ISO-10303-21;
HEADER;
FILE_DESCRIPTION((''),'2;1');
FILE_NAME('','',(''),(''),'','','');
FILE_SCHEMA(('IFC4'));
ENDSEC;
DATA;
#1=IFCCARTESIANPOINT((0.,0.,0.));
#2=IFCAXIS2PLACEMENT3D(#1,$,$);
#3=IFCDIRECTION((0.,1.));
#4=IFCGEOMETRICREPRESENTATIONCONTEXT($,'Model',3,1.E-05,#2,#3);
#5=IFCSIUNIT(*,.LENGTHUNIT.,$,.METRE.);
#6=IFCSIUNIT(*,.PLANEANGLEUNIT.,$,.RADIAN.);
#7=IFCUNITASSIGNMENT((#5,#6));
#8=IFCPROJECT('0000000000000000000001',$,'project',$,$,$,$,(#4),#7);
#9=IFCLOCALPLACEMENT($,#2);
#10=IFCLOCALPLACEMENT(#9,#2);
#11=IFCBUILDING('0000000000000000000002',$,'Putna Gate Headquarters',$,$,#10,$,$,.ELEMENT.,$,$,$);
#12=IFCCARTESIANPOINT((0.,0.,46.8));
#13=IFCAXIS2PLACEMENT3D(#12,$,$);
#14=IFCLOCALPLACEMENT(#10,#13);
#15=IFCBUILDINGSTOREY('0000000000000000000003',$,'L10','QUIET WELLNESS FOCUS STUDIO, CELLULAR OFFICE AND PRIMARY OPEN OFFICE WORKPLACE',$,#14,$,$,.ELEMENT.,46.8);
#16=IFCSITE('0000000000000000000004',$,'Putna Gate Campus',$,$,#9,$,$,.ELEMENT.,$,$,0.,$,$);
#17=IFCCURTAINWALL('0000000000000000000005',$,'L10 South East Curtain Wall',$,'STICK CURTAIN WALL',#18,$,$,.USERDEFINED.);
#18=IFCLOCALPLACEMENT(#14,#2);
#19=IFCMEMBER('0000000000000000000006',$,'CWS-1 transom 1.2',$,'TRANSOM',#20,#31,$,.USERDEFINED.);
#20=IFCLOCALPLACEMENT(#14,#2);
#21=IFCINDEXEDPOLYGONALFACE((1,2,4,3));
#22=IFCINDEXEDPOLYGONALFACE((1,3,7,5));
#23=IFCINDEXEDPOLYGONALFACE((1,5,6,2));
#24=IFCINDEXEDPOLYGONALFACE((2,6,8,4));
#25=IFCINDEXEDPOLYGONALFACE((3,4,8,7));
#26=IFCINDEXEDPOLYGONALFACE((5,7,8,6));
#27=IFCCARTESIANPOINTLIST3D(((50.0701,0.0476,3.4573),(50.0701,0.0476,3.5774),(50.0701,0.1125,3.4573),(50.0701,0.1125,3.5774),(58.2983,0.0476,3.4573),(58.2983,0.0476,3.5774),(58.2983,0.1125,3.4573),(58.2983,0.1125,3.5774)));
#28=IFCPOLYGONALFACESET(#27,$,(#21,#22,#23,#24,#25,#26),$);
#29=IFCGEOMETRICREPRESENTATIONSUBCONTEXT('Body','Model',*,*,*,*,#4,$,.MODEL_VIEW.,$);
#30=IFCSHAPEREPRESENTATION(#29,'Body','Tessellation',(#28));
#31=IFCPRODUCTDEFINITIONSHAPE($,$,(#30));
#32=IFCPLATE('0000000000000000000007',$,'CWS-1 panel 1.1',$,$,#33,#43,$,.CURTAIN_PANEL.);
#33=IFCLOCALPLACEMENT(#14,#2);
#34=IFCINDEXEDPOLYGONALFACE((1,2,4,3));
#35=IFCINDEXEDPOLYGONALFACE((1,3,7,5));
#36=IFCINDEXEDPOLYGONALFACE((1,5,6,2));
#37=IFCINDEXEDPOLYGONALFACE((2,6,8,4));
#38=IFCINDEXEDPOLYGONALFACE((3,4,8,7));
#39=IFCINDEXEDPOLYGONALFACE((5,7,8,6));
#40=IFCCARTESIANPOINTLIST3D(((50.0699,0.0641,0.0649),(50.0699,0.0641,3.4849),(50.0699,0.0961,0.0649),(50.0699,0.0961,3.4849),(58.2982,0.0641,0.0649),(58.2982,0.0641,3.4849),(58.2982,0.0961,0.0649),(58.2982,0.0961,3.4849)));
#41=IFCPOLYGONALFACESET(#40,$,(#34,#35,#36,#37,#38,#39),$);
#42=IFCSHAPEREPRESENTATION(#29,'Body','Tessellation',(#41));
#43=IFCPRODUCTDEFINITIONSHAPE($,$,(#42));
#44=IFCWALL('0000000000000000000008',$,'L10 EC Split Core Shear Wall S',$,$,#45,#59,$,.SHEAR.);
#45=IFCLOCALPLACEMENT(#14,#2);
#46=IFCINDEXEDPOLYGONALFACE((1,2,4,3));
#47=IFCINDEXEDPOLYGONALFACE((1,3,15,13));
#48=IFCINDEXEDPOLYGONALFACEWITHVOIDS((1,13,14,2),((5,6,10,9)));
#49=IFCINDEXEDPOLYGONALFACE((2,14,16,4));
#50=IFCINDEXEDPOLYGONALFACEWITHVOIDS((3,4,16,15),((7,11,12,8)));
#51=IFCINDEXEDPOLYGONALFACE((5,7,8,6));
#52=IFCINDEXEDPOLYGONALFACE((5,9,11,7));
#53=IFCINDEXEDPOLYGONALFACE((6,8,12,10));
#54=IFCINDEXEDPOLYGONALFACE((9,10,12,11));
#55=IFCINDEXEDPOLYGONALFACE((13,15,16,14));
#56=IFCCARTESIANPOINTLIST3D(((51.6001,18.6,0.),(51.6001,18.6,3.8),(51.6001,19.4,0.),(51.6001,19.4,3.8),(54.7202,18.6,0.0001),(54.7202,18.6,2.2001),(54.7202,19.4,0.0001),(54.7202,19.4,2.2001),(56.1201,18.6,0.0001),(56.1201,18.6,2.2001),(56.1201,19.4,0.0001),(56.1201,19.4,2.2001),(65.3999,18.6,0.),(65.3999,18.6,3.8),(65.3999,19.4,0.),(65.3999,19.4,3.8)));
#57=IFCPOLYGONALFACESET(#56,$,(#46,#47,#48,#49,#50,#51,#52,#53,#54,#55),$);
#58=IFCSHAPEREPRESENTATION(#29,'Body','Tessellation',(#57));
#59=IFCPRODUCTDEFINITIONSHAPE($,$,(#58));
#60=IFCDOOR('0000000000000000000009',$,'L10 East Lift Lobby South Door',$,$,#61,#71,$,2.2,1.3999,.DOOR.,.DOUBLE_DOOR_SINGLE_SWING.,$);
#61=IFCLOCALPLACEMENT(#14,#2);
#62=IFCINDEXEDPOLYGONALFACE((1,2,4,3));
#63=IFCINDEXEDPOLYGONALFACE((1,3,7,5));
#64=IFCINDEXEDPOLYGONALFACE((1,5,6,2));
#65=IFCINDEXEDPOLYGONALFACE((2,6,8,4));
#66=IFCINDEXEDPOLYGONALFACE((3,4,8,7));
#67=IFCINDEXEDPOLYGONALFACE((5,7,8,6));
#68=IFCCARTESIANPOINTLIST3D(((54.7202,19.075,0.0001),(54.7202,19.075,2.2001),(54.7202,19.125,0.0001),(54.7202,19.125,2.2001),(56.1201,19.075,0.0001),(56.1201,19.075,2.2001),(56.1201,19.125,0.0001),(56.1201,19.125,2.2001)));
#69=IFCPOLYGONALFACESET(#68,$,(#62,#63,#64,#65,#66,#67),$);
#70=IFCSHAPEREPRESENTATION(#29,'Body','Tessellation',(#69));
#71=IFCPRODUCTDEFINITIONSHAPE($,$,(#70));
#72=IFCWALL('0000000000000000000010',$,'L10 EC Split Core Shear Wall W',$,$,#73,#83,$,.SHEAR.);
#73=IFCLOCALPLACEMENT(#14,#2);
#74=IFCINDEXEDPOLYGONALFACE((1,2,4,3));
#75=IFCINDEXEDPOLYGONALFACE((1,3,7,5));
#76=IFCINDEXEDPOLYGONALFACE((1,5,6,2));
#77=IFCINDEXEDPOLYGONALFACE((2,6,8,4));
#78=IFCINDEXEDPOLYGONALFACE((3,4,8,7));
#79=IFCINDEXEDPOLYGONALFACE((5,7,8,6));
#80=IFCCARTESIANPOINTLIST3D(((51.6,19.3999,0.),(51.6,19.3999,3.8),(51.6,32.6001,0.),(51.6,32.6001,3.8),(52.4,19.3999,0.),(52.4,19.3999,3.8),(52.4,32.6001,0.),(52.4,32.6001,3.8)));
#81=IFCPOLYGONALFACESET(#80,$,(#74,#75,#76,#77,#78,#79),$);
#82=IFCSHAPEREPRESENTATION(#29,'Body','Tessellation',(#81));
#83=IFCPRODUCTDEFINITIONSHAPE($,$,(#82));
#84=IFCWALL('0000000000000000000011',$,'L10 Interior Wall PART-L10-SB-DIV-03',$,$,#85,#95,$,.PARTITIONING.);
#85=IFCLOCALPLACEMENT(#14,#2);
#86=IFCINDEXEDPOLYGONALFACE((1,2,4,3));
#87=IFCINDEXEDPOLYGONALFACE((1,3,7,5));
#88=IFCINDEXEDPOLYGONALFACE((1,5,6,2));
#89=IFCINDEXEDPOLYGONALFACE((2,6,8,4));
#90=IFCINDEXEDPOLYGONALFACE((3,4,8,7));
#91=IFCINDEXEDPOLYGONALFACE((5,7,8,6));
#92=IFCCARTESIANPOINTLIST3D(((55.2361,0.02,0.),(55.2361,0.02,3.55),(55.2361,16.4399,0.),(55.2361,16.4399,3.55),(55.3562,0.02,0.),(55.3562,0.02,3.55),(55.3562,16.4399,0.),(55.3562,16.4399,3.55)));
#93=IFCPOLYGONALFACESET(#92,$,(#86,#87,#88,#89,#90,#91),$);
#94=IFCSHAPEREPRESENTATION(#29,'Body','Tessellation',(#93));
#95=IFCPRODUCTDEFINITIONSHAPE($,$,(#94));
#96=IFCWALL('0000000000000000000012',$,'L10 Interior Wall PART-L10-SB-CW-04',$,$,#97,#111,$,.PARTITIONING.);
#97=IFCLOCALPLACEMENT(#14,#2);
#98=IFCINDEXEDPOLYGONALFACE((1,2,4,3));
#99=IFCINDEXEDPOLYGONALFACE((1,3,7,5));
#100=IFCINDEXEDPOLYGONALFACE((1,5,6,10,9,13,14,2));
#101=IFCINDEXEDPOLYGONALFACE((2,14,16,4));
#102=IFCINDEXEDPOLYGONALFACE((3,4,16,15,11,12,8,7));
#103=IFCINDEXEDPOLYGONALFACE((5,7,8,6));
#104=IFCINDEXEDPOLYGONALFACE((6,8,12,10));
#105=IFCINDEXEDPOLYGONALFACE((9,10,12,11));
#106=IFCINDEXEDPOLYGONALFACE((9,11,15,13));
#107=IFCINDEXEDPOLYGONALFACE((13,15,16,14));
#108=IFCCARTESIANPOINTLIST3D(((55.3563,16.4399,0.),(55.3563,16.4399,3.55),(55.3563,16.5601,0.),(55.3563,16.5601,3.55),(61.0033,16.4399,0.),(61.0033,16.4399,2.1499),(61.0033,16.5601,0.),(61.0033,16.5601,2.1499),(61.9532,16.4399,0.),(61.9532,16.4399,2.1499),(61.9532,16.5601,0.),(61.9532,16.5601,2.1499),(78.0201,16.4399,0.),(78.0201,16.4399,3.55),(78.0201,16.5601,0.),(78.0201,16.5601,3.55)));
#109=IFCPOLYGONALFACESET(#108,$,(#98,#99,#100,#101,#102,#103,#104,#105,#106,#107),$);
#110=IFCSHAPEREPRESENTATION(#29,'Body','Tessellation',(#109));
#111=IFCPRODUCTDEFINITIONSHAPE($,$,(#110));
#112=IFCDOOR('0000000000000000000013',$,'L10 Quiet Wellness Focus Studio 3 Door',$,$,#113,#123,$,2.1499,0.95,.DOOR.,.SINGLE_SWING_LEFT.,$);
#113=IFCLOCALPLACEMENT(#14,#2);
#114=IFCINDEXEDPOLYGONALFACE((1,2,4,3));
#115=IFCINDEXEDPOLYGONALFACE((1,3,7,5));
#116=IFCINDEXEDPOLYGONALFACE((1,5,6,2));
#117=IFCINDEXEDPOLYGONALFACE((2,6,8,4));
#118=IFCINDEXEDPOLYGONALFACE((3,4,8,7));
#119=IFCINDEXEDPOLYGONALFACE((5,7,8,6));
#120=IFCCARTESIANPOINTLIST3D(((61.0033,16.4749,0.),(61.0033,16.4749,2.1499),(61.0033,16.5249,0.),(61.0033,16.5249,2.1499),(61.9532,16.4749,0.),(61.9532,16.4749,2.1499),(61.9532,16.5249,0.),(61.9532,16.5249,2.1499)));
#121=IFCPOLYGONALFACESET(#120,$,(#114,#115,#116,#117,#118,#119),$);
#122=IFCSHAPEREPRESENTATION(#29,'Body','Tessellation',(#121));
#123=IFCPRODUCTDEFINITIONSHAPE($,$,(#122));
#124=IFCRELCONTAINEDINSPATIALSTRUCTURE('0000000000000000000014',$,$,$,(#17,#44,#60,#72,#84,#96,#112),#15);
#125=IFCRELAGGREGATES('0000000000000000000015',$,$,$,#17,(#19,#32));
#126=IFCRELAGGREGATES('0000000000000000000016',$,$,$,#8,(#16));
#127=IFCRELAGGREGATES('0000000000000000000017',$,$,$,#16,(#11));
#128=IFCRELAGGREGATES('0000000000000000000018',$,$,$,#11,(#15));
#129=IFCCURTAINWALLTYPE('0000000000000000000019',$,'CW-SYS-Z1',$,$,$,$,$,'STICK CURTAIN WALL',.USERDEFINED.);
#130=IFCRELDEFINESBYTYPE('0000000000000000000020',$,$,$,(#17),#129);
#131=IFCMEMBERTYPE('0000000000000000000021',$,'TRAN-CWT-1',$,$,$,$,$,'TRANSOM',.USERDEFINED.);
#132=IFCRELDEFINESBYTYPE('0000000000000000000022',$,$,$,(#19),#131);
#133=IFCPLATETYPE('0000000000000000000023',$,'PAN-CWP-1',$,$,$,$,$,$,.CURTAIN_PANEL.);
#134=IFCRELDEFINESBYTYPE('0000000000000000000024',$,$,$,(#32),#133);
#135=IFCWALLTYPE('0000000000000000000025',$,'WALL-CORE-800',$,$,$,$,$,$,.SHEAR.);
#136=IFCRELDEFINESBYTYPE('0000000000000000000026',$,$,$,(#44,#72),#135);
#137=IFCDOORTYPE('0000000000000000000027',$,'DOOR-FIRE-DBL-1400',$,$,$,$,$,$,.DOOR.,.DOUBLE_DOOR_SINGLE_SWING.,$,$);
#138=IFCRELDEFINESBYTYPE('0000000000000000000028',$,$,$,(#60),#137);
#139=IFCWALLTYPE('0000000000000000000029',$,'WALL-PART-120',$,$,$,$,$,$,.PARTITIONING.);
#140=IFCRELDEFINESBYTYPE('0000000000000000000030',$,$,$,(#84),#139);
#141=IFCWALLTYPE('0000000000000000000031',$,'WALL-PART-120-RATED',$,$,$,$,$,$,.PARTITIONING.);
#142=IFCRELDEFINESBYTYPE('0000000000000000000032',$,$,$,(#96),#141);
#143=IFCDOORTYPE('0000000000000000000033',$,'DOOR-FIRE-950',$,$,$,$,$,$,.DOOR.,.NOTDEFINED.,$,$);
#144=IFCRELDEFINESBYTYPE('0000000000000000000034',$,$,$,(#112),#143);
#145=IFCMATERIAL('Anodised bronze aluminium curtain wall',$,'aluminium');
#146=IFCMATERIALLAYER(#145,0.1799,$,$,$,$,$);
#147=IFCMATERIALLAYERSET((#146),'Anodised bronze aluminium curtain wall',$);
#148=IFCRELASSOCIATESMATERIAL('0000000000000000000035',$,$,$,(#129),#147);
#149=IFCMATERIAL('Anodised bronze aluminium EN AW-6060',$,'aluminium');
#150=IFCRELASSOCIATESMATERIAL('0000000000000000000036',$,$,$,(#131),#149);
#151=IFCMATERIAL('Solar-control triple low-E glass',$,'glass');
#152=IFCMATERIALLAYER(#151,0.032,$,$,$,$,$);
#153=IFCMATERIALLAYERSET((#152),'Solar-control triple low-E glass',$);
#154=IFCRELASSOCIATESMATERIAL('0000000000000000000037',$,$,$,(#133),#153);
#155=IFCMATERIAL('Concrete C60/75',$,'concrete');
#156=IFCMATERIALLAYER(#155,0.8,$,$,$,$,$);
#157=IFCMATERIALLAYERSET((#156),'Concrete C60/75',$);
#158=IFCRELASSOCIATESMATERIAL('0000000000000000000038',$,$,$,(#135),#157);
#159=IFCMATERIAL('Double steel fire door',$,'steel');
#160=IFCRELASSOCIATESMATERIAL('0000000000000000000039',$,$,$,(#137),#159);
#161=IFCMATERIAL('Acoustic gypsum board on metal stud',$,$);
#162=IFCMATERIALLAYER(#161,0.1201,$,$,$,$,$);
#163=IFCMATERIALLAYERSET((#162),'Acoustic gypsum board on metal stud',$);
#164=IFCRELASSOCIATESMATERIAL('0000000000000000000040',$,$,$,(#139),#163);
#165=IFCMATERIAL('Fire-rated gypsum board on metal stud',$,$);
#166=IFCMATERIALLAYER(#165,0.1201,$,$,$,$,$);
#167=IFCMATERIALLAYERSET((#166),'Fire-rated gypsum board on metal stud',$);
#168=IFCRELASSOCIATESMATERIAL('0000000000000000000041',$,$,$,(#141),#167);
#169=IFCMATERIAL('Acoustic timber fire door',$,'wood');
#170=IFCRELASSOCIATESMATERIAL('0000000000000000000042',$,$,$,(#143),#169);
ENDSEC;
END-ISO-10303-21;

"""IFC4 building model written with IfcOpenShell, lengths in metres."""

from ifc_helpers import new_model, si_unit, direction, frame, frame_2d, origin, origin_2d, place, context, subcontext, project, spatial, rectangle, extrude, material, layer, layer_set, material_profile, profile_set, type_object, element, fill, aggregate, save


model = new_model("IFC4")

# Units and contexts
model_context = context("Model", 3, precision=1e-05, world=origin(), true_north=direction((0.0, 1.0)))
body_context = subcontext(model_context, "Body", "Model", "MODEL_VIEW")
ifc_project = project(units=[si_unit("LENGTHUNIT", "METRE"), si_unit("PLANEANGLEUNIT", "RADIAN")], contexts=[model_context])

# Site, building, storey
site_placement = place(None, origin())
site = spatial("IfcSite", under=ifc_project, at=site_placement, Name="Putna Gate Campus", CompositionType="ELEMENT", RefElevation=0.0)
building_placement = place(site_placement, origin())
building = spatial("IfcBuilding", under=site, at=building_placement, Name="Putna Gate Headquarters", CompositionType="ELEMENT")
storey_placement = place(building_placement, frame((0.0, 0.0, 46.8)))
storey = spatial("IfcBuildingStorey", under=building, at=storey_placement, Name="L10", Description="QUIET WELLNESS FOCUS STUDIO, CELLULAR OFFICE AND PRIMARY OPEN OFFICE WORKPLACE", CompositionType="ELEMENT", Elevation=46.8)

# Shared definitions
ifc_material_1 = material(Name="Concrete C60/75", Category="concrete")

# Curtain wall
ifc_material_2 = material(Name="Anodised bronze aluminium curtain wall", Category="aluminium")
ifc_layer_1 = layer(ifc_material_2, 0.1799)
ifc_layer_set_1 = layer_set([ifc_layer_1], Name="Anodised bronze aluminium curtain wall")
curtain_wall_type_1 = type_object("IfcCurtainWallType", Name="CW-SYS-Z1", ElementType="STICK CURTAIN WALL", PredefinedType="USERDEFINED", material=ifc_layer_set_1)
curtain_wall_1_placement = place(storey_placement, origin())
curtain_wall_1 = element("IfcCurtainWall", 1, at=curtain_wall_1_placement, inside=storey, type_object=curtain_wall_type_1, Name="L10 South East Curtain Wall", ObjectType="STICK CURTAIN WALL", PredefinedType="USERDEFINED")
ifc_material_3 = material(Name="Anodised bronze aluminium EN AW-6060", Category="aluminium")

# Member
ifc_material_profile_1 = material_profile(ifc_material_3, rectangle(XDim=0.0649, YDim=0.1201, at=origin_2d()), Name="Anodised bronze aluminium EN AW-6060")
ifc_profile_set_1 = profile_set([ifc_material_profile_1], Name="Anodised bronze aluminium EN AW-6060")
member_type_1 = type_object("IfcMemberType", Name="TRAN-CWT-1", ElementType="TRANSOM", PredefinedType="USERDEFINED", material=ifc_profile_set_1)
member_1_placement = place(storey_placement, frame((50.0701, 0.0801, 3.5173), z_axis=(1.0, 0.0, 0.0), x_axis=(0.0, 1.0, 0.0)))
member_1 = element("IfcMember", 2, at=member_1_placement, type_object=member_type_1, Name="CWS-1 transom 1.2", ObjectType="TRANSOM", PredefinedType="USERDEFINED", context=body_context, shape_type="SweptSolid", body=[
    extrude(rectangle(XDim=0.0649, YDim=0.1201, at=origin_2d()), origin(), (0.0, 0.0, 1.0), 8.2283),
])

# Plate
ifc_material_4 = material(Name="Solar-control triple low-E glass", Category="glass")
ifc_layer_2 = layer(ifc_material_4, 0.032)
ifc_layer_set_2 = layer_set([ifc_layer_2], Name="Solar-control triple low-E glass")
plate_type = type_object("IfcPlateType", Name="PAN-CWP-1", PredefinedType="CURTAIN_PANEL", material=ifc_layer_set_2)
plate_placement = place(storey_placement, frame((54.1841, 0.0801, 0.0649), z_axis=(0.0, 0.0, 1.0), x_axis=(1.0, 0.0, 0.0)))
plate = element("IfcPlate", 3, at=plate_placement, type_object=plate_type, Name="CWS-1 panel 1.1", PredefinedType="CURTAIN_PANEL", context=body_context, shape_type="SweptSolid", body=[
    extrude(rectangle(XDim=8.2283, YDim=0.032, at=origin_2d()), origin(), (0.0, 0.0, 1.0), 3.4199),
])
aggregate(curtain_wall_1, [member_1, plate])

# Wall, opening, door
ifc_layer_3 = layer(ifc_material_1, 0.8)
ifc_layer_set_3 = layer_set([ifc_layer_3], Name="Concrete C60/75")
wall_type_1 = type_object("IfcWallType", Name="WALL-CORE-800", PredefinedType="SHEAR", material=ifc_layer_set_3)
wall_1_placement = place(storey_placement, frame((51.6001, 19.0, 0.0), z_axis=(0.0, 0.0, 1.0), x_axis=(1.0, 0.0, 0.0)))
wall_1 = element("IfcWall", 4, at=wall_1_placement, inside=storey, type_object=wall_type_1, Name="L10 EC Split Core Shear Wall S", PredefinedType="SHEAR", context=body_context, shape_type="SweptSolid", body=[
    extrude(rectangle(XDim=13.7998, YDim=0.8, at=frame_2d((6.8999, 0.0))), origin(), (0.0, 0.0, 1.0), 3.8),
])
opening_1_placement = place(wall_1_placement, frame((3.1201, 0.0, 0.0)))
opening_1 = element("IfcOpeningElement", 5, at=opening_1_placement, cuts=wall_1, PredefinedType="OPENING", context=body_context, shape_type="SweptSolid", body=[
    extrude(rectangle(XDim=1.3999, YDim=2.2, at=frame_2d((0.7, 1.1001))), frame((0.0, 0.4099, 0.0), z_axis=(0.0, -1.0, 0.0), x_axis=(1.0, 0.0, 0.0)), (0.0, 0.0, 1.0), 0.8201),
])
ifc_material_5 = material(Name="Double steel fire door", Category="steel")
door_type_1 = type_object("IfcDoorType", Name="DOOR-FIRE-DBL-1400", OperationType="DOUBLE_DOOR_SINGLE_SWING", PredefinedType="DOOR", material=ifc_material_5)
door_1_placement = place(opening_1_placement, origin())
door_1 = element("IfcDoor", 6, at=door_1_placement, inside=storey, type_object=door_type_1, Name="L10 East Lift Lobby South Door", OperationType="DOUBLE_DOOR_SINGLE_SWING", OverallHeight=2.2, OverallWidth=1.3999, PredefinedType="DOOR", context=body_context, shape_type="SweptSolid", body=[
    extrude(rectangle(XDim=1.3999, YDim=2.2, at=frame_2d((0.7, 1.1001))), frame((0.0, 0.125, 0.0), z_axis=(0.0, -1.0, 0.0), x_axis=(1.0, 0.0, 0.0)), (0.0, 0.0, 1.0), 0.05),
])
fill(opening_1, door_1)

# Walls
wall_2_placement = place(storey_placement, frame((52.0, 19.3999, 0.0), z_axis=(0.0, 0.0, 1.0), x_axis=(0.0, 1.0, 0.0)))
element("IfcWall", 7, at=wall_2_placement, inside=storey, type_object=wall_type_1, Name="L10 EC Split Core Shear Wall W", PredefinedType="SHEAR", context=body_context, shape_type="SweptSolid", body=[
    extrude(rectangle(XDim=13.2002, YDim=0.8, at=frame_2d((6.6001, 0.0))), origin(), (0.0, 0.0, 1.0), 3.8),
])
ifc_material_6 = material(Name="Acoustic gypsum board on metal stud")
ifc_layer_4 = layer(ifc_material_6, 0.1201)
ifc_layer_set_4 = layer_set([ifc_layer_4], Name="Acoustic gypsum board on metal stud")
wall_type_2 = type_object("IfcWallType", Name="WALL-PART-120", PredefinedType="PARTITIONING", material=ifc_layer_set_4)
wall_3_placement = place(storey_placement, frame((55.2961, 0.02, 0.0), z_axis=(0.0, 0.0, 1.0), x_axis=(0.0, 1.0, 0.0)))
element("IfcWall", 8, at=wall_3_placement, inside=storey, type_object=wall_type_2, Name="L10 Interior Wall PART-L10-SB-DIV-03", PredefinedType="PARTITIONING", context=body_context, shape_type="SweptSolid", body=[
    extrude(rectangle(XDim=16.4199, YDim=0.1201, at=frame_2d((8.21, 0.0))), origin(), (0.0, 0.0, 1.0), 3.55),
])

# Wall, opening, door
ifc_material_7 = material(Name="Fire-rated gypsum board on metal stud")
ifc_layer_5 = layer(ifc_material_7, 0.1201)
ifc_layer_set_5 = layer_set([ifc_layer_5], Name="Fire-rated gypsum board on metal stud")
wall_type_3 = type_object("IfcWallType", Name="WALL-PART-120-RATED", PredefinedType="PARTITIONING", material=ifc_layer_set_5)
wall_4_placement = place(storey_placement, frame((55.3562, 16.5, 0.0), z_axis=(0.0, 0.0, 1.0), x_axis=(1.0, 0.0, 0.0)))
wall_4 = element("IfcWall", 9, at=wall_4_placement, inside=storey, type_object=wall_type_3, Name="L10 Interior Wall PART-L10-SB-CW-04", PredefinedType="PARTITIONING", context=body_context, shape_type="SweptSolid", body=[
    extrude(rectangle(XDim=22.6638, YDim=0.1201, at=frame_2d((11.332, 0.0))), origin(), (0.0, 0.0, 1.0), 3.55),
])
opening_2_placement = place(wall_4_placement, frame((5.647, 0.0, 0.0)))
opening_2 = element("IfcOpeningElement", 10, at=opening_2_placement, cuts=wall_4, PredefinedType="OPENING", context=body_context, shape_type="SweptSolid", body=[
    extrude(rectangle(XDim=0.95, YDim=2.1499, at=frame_2d((0.4751, 1.075))), frame((0.0, 0.0701, 0.0), z_axis=(0.0, -1.0, 0.0), x_axis=(1.0, 0.0, 0.0)), (0.0, 0.0, 1.0), 0.1401),
])
ifc_material_8 = material(Name="Acoustic timber fire door", Category="wood")
door_type_2 = type_object("IfcDoorType", Name="DOOR-FIRE-950", OperationType="NOTDEFINED", PredefinedType="DOOR", material=ifc_material_8)
door_2_placement = place(opening_2_placement, origin())
door_2 = element("IfcDoor", 11, at=door_2_placement, inside=storey, type_object=door_type_2, Name="L10 Quiet Wellness Focus Studio 3 Door", OperationType="SINGLE_SWING_LEFT", OverallHeight=2.1499, OverallWidth=0.95, PredefinedType="DOOR", context=body_context, shape_type="SweptSolid", body=[
    extrude(rectangle(XDim=0.95, YDim=2.1499, at=frame_2d((0.4751, 1.075))), frame((0.0, 0.0249, 0.0), z_axis=(0.0, -1.0, 0.0), x_axis=(1.0, 0.0, 0.0)), (0.0, 0.0, 1.0), 0.05),
])
fill(opening_2, door_2)

save(model, "model.ifc")
